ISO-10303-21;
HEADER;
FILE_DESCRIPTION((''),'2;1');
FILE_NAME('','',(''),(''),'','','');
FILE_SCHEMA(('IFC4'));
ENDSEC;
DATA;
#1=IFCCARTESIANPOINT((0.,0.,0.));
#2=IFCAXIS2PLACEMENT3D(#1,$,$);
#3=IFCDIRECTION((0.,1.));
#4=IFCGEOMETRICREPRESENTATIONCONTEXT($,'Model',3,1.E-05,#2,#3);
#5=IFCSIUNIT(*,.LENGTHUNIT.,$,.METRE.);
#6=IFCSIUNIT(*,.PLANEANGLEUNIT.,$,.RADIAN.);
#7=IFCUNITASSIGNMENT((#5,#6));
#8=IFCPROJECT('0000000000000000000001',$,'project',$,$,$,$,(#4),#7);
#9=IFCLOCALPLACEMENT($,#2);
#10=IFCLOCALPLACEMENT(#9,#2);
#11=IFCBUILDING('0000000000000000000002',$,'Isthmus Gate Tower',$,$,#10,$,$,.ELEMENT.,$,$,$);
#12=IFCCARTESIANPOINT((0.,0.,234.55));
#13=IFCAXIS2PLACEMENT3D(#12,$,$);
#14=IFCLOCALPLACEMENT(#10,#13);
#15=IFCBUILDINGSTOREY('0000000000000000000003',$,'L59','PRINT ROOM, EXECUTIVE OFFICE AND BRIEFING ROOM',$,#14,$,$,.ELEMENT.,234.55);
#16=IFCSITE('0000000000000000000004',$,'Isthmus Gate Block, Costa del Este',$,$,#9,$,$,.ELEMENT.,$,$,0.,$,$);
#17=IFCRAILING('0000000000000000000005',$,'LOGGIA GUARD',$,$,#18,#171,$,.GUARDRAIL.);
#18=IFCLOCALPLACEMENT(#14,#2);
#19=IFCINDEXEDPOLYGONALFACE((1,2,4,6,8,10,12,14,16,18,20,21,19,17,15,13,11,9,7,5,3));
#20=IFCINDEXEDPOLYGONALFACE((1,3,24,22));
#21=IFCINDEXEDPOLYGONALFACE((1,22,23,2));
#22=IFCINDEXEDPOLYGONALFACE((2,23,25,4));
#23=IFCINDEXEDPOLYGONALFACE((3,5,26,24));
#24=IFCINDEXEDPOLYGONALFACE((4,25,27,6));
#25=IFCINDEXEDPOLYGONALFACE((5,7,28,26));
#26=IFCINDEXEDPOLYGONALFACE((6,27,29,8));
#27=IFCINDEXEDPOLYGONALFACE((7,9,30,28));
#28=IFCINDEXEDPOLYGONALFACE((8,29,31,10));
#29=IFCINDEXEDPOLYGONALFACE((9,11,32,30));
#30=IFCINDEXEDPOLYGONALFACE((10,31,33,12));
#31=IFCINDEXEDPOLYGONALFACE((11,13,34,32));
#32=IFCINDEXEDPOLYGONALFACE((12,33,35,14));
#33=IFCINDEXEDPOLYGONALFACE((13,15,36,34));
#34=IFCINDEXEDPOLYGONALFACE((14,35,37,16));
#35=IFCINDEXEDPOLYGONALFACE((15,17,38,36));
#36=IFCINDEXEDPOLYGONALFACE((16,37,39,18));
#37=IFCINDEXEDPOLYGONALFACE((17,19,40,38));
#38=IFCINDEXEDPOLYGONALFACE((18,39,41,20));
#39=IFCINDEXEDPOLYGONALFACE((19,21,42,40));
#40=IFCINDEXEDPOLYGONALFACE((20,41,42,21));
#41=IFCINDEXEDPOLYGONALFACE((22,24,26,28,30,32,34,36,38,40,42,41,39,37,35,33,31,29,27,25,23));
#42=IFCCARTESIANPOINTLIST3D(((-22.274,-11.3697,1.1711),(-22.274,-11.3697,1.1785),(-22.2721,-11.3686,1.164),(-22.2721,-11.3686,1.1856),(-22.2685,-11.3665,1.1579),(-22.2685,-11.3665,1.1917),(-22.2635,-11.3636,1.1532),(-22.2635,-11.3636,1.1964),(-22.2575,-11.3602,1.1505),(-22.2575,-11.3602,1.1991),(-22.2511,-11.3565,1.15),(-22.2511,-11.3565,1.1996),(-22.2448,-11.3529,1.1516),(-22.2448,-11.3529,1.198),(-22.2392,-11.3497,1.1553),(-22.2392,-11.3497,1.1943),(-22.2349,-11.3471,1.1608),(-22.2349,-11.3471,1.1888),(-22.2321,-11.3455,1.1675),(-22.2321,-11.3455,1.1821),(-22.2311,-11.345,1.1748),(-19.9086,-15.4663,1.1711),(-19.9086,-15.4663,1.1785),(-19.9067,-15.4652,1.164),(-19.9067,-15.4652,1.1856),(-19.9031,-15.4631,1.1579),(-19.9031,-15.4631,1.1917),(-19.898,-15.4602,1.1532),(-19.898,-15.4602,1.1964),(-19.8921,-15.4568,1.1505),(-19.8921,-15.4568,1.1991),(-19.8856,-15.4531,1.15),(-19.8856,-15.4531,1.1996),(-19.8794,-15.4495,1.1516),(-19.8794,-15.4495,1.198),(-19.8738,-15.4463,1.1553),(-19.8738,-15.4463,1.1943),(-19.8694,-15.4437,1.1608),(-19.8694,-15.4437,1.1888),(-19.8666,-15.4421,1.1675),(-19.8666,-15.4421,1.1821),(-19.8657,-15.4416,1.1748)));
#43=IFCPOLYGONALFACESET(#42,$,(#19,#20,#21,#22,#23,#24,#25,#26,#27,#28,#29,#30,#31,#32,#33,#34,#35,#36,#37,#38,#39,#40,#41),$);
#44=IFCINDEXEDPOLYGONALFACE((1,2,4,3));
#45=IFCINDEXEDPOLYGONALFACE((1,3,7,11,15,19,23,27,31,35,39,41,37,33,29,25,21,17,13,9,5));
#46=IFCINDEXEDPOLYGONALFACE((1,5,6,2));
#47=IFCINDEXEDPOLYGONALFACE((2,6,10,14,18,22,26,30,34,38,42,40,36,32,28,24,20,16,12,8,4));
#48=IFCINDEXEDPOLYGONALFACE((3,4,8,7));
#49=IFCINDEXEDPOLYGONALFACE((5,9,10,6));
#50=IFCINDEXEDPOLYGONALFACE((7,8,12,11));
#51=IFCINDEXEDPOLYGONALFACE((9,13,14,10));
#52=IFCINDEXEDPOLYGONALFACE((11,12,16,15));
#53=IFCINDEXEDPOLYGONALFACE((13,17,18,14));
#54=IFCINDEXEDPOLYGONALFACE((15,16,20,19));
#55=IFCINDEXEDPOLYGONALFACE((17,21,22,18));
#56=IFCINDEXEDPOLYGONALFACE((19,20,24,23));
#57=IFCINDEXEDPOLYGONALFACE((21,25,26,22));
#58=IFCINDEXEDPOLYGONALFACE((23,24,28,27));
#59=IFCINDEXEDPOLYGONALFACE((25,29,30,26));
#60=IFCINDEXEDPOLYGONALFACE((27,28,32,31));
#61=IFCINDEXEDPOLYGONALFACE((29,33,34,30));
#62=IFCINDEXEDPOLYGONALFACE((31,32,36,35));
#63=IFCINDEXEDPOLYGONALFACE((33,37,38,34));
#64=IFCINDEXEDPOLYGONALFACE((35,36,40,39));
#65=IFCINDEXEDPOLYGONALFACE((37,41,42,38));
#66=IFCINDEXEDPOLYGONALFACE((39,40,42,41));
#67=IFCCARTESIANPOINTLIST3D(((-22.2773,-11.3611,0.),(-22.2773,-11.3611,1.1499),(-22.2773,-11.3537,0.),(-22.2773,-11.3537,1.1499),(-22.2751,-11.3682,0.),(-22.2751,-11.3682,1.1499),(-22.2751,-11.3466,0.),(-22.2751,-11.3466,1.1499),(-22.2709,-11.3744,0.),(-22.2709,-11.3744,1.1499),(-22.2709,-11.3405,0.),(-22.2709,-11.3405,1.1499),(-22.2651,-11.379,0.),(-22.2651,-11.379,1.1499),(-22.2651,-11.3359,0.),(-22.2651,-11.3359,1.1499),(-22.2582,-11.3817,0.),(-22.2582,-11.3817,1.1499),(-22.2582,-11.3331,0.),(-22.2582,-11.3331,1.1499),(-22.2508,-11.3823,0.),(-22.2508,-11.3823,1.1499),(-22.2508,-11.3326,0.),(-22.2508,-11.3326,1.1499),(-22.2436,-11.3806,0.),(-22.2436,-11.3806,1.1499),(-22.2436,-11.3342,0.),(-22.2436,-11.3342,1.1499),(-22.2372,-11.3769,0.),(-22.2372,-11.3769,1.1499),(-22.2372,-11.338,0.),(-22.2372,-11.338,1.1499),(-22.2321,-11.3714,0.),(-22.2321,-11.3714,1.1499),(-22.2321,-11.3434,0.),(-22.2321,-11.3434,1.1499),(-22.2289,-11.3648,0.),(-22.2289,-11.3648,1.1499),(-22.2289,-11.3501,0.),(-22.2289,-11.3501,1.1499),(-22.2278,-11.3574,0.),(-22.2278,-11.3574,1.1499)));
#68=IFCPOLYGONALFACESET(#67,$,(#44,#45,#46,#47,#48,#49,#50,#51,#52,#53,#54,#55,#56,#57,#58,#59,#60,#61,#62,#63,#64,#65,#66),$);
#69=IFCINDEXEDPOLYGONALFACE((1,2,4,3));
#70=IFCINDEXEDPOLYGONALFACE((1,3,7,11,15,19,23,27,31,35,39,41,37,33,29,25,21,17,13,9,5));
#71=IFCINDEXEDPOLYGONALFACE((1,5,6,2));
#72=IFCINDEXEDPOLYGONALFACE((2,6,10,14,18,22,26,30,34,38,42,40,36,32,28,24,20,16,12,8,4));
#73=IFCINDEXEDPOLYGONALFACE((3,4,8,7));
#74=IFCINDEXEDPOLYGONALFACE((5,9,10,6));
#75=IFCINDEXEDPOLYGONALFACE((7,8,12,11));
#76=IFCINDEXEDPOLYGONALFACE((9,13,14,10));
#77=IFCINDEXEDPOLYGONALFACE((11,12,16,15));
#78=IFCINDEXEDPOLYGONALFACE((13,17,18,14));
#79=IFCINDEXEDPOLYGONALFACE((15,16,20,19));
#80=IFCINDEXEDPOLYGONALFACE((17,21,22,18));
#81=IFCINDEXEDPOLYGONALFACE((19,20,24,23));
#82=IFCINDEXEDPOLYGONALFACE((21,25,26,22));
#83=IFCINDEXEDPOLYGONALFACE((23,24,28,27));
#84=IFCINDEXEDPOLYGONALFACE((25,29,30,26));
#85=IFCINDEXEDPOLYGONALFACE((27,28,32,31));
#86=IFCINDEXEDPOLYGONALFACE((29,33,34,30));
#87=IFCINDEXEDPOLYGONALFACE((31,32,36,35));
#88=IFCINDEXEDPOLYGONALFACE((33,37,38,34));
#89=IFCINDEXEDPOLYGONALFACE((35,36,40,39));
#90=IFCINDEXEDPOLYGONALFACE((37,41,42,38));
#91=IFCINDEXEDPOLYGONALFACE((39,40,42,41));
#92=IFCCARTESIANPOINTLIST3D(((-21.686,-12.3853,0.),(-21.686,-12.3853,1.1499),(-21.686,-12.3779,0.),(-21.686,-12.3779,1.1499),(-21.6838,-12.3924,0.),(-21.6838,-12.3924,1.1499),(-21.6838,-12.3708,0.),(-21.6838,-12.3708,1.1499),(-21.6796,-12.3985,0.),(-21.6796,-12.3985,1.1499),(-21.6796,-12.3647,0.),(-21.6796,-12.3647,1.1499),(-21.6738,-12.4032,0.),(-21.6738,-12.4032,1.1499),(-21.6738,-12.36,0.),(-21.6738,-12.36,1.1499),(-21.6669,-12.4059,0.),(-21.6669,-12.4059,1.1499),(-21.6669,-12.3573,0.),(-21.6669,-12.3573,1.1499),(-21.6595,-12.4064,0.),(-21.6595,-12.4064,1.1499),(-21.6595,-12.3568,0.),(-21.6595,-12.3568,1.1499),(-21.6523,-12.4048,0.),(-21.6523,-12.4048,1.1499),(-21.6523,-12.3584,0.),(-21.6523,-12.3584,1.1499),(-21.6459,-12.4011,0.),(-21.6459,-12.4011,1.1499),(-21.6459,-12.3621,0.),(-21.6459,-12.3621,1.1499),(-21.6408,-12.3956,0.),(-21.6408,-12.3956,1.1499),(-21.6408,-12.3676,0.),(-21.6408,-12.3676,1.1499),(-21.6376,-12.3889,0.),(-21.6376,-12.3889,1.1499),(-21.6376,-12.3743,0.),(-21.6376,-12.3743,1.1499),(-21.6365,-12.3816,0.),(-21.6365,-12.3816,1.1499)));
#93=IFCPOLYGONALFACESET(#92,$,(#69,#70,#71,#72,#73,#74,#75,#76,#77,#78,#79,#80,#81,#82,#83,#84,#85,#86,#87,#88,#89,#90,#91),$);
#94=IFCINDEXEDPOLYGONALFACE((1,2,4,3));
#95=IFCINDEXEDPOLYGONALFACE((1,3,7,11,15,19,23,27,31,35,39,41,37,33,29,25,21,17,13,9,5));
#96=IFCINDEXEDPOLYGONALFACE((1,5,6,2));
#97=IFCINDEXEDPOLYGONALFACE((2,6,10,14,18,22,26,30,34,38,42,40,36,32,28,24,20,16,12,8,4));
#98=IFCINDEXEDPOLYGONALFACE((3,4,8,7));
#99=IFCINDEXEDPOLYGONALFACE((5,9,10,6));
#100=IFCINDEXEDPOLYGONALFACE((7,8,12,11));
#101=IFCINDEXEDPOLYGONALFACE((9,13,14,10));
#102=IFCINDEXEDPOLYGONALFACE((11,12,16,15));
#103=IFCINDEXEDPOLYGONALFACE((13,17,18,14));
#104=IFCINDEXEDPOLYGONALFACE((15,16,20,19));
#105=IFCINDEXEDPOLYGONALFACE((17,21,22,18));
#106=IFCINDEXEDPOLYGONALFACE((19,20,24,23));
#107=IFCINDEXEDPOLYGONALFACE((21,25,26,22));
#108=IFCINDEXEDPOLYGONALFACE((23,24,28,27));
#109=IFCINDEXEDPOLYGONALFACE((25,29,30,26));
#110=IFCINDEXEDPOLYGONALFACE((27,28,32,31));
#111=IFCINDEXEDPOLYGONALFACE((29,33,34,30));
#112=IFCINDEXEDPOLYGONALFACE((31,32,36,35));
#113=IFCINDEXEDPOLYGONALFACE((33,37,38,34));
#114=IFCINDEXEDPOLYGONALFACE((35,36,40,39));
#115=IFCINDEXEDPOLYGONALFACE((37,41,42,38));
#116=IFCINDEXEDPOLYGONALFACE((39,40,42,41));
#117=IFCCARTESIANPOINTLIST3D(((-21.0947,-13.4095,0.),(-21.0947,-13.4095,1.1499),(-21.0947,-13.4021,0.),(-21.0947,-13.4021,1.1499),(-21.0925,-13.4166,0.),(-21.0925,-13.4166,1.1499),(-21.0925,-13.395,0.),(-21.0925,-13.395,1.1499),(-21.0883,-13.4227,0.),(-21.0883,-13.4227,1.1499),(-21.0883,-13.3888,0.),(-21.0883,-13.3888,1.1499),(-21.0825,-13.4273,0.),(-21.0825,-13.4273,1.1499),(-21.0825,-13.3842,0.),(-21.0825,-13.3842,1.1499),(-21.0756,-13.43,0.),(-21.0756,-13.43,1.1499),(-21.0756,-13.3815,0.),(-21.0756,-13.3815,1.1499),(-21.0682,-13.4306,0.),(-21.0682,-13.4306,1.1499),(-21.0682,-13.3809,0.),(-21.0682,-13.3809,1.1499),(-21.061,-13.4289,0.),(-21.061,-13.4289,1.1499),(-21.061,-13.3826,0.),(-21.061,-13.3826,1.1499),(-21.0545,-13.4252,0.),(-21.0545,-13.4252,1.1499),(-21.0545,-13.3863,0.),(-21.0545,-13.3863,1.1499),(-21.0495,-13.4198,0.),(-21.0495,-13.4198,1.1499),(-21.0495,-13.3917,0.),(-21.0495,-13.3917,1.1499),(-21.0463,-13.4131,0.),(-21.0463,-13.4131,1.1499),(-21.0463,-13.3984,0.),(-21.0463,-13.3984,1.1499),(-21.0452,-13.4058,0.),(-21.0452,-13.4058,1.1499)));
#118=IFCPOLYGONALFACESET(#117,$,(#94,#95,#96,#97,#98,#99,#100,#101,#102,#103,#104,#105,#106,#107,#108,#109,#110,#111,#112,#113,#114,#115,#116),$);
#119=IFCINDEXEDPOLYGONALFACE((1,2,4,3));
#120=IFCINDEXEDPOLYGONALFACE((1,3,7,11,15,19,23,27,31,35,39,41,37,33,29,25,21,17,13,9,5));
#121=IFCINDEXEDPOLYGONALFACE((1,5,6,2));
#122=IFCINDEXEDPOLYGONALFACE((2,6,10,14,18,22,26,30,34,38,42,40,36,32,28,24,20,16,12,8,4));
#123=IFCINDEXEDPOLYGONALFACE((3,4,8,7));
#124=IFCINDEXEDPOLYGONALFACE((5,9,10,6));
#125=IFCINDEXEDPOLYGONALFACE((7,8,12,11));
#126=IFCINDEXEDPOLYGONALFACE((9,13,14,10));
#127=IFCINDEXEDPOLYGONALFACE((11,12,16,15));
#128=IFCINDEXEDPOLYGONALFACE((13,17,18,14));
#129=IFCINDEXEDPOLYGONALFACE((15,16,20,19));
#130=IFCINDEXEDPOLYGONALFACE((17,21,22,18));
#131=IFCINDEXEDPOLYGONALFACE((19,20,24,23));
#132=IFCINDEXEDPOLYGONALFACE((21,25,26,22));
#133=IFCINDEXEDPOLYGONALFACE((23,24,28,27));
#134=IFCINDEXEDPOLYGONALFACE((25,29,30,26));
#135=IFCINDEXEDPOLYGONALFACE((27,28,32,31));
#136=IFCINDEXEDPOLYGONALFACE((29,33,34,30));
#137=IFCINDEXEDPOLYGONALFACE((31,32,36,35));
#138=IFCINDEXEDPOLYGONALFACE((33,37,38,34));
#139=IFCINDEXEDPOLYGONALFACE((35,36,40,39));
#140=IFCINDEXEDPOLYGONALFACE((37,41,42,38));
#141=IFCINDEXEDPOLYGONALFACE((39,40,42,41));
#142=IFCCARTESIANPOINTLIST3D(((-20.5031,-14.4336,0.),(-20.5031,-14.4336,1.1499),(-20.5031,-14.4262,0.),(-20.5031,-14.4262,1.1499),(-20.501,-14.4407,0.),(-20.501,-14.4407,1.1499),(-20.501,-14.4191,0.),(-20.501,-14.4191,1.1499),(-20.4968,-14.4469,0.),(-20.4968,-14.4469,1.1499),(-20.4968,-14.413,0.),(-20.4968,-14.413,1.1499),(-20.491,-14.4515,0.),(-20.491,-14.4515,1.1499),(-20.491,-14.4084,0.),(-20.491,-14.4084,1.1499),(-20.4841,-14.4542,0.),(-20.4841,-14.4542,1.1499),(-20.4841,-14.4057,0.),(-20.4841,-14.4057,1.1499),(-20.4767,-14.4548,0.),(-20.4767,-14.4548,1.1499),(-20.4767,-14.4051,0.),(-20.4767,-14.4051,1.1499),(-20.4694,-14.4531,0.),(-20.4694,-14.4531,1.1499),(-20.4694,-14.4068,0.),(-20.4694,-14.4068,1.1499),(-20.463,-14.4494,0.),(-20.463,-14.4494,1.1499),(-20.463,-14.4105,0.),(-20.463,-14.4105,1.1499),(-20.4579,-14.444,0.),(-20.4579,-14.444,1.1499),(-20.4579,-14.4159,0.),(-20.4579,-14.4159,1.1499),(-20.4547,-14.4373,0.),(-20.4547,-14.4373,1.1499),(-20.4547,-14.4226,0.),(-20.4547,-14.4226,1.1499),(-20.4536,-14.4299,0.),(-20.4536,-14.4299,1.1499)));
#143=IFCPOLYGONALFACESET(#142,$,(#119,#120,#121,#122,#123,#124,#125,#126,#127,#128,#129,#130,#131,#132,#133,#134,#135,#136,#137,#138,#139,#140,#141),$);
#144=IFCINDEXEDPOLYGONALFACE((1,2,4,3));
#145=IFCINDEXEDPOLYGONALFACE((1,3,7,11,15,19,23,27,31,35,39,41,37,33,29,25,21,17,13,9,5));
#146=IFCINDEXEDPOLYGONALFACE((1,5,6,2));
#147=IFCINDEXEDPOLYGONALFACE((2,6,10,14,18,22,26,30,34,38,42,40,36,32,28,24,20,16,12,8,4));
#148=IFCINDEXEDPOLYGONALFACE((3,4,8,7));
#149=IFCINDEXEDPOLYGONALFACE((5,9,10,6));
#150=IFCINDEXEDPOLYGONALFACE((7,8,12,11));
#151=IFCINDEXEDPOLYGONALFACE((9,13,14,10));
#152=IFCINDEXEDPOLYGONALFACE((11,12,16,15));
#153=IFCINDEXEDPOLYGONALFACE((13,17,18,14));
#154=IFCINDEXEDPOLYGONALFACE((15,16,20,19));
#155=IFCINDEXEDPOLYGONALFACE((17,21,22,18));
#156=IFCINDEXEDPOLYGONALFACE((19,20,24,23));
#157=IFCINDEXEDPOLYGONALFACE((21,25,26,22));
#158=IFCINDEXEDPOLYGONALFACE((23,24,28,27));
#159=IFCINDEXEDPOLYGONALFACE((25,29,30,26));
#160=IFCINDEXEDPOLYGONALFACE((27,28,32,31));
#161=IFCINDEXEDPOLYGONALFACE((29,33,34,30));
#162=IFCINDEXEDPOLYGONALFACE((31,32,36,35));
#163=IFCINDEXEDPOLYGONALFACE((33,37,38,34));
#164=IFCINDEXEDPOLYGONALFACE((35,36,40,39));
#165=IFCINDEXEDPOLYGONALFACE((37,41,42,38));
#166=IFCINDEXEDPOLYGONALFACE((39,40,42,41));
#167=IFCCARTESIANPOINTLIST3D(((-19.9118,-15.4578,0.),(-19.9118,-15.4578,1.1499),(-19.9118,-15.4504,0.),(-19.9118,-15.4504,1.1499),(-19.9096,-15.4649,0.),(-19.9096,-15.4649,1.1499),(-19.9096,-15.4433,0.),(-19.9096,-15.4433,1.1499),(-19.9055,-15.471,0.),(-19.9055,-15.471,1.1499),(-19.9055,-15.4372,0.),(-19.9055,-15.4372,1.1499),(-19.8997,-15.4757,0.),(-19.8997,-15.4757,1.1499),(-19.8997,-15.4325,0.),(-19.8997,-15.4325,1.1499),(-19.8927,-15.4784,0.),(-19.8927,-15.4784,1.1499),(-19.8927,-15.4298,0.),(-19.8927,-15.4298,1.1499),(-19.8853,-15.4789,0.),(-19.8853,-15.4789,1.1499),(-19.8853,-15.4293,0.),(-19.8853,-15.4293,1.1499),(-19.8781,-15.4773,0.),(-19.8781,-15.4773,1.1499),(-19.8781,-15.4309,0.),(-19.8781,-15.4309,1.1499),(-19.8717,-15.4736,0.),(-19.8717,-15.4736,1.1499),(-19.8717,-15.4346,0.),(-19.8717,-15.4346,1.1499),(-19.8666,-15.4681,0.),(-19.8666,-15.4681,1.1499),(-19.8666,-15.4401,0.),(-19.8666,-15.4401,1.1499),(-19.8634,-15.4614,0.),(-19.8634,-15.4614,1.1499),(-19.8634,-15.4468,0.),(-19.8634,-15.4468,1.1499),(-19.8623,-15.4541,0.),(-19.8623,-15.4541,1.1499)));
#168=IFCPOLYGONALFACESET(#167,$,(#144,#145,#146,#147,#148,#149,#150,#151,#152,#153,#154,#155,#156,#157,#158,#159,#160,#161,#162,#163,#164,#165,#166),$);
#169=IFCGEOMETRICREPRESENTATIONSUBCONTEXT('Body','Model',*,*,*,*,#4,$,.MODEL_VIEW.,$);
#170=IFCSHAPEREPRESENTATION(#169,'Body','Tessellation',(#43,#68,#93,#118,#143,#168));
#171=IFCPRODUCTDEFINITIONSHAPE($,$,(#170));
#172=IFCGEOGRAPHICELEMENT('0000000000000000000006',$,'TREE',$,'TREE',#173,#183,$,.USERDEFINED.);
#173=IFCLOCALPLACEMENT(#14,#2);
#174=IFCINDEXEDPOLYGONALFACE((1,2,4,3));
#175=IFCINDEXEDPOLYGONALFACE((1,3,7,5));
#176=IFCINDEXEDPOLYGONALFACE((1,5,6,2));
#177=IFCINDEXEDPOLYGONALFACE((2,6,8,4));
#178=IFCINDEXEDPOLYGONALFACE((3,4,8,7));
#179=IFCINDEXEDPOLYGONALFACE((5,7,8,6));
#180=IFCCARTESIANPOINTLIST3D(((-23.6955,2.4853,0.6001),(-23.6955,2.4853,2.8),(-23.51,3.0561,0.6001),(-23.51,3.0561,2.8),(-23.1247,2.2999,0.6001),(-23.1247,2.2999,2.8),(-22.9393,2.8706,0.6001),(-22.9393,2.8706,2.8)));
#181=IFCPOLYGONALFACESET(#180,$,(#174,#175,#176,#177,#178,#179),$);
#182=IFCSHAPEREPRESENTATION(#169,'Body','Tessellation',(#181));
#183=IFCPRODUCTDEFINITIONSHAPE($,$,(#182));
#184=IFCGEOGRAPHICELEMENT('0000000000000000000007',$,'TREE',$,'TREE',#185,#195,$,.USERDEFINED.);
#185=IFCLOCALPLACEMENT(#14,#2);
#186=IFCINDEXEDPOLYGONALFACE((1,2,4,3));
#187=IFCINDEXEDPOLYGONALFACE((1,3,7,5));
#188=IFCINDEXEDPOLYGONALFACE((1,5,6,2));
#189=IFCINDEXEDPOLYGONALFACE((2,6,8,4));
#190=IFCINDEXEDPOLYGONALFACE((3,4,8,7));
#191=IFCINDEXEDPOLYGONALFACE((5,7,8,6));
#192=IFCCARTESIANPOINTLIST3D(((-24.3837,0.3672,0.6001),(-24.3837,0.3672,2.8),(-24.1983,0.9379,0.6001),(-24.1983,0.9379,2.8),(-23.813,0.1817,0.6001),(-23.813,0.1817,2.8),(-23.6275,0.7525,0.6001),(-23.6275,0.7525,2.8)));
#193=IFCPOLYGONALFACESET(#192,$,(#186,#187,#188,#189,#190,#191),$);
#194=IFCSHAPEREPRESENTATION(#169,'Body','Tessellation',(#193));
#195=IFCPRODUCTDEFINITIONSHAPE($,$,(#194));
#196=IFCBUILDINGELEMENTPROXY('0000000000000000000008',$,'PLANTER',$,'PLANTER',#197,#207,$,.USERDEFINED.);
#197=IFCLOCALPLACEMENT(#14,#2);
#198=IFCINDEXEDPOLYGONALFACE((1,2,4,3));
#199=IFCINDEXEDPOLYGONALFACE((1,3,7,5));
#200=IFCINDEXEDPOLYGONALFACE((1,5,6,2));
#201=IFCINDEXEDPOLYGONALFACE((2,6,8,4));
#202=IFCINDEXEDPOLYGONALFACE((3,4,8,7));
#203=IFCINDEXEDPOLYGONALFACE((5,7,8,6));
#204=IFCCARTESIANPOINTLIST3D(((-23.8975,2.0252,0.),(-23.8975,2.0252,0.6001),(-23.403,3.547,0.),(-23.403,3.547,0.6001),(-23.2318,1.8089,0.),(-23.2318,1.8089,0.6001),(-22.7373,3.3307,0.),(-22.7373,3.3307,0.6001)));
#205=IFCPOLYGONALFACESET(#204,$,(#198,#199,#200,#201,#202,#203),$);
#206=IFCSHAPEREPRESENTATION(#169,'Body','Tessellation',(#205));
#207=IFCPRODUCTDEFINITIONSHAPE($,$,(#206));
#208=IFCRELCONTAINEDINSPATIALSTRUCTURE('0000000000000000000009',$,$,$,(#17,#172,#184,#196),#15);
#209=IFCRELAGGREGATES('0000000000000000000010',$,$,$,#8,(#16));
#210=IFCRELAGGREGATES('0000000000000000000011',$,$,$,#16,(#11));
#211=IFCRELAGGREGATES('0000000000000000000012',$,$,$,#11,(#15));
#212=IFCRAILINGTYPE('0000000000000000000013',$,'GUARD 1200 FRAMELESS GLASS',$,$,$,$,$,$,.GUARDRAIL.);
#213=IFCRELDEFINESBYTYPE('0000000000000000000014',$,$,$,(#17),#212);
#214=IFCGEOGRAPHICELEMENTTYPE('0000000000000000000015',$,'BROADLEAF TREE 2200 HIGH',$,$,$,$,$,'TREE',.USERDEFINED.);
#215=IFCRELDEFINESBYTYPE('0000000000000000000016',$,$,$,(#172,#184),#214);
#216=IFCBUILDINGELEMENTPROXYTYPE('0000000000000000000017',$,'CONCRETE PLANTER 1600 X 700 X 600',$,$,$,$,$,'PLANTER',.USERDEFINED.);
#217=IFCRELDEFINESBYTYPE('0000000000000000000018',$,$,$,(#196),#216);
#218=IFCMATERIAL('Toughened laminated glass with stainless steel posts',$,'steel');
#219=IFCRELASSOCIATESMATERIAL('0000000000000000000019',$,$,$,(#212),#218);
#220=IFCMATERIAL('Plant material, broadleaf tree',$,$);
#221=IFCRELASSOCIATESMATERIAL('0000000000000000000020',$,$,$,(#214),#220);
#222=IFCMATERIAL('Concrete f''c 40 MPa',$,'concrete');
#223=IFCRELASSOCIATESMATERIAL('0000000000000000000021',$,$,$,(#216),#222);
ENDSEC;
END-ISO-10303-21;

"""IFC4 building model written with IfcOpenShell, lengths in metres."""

from ifc_helpers import new_model, si_unit, direction, frame, origin, origin_2d, place, context, subcontext, project, spatial, rectangle, circle, extrude, material, type_object, element, save


model = new_model("IFC4")

# Units and contexts
model_context = context("Model", 3, precision=1e-05, world=origin(), true_north=direction((0.0, 1.0)))
body_context = subcontext(model_context, "Body", "Model", "MODEL_VIEW")
ifc_project = project(units=[si_unit("LENGTHUNIT", "METRE"), si_unit("PLANEANGLEUNIT", "RADIAN")], contexts=[model_context])

# Site, building, storey
site_placement = place(None, origin())
site = spatial("IfcSite", under=ifc_project, at=site_placement, Name="Isthmus Gate Block, Costa del Este", CompositionType="ELEMENT", RefElevation=0.0)
building_placement = place(site_placement, origin())
building = spatial("IfcBuilding", under=site, at=building_placement, Name="Isthmus Gate Tower", CompositionType="ELEMENT")
storey_placement = place(building_placement, frame((0.0, 0.0, 234.55)))
storey = spatial("IfcBuildingStorey", under=building, at=storey_placement, Name="L59", Description="PRINT ROOM, EXECUTIVE OFFICE AND BRIEFING ROOM", CompositionType="ELEMENT", Elevation=234.55)

# Railing
ifc_material_1 = material(Name="Toughened laminated glass with stainless steel posts", Category="steel")
railing_type = type_object("IfcRailingType", Name="GUARD 1200 FRAMELESS GLASS", PredefinedType="GUARDRAIL", material=ifc_material_1)
railing_placement = place(storey_placement, frame((-22.2527, -11.3574, 0.0)))
element("IfcRailing", 1, at=railing_placement, inside=storey, type_object=railing_type, Name="LOGGIA GUARD", PredefinedType="GUARDRAIL", context=body_context, shape_type="SweptSolid", body=[
    extrude(circle(Radius=0.0249, at=origin_2d()), frame((0.0, 0.0, 1.1748), z_axis=(0.500041, -0.866002, 0.0), x_axis=(0.866002, 0.500041, 0.0)), (0.0, 0.0, 1.0), 4.7305),
    extrude(circle(Radius=0.0249, at=origin_2d()), origin(), (0.0, 0.0, 1.0), 1.1499),
    extrude(circle(Radius=0.0249, at=origin_2d()), frame((0.5913, -1.0242, 0.0)), (0.0, 0.0, 1.0), 1.1499),
    extrude(circle(Radius=0.0249, at=origin_2d()), frame((1.1826, -2.0483, 0.0)), (0.0, 0.0, 1.0), 1.1499),
    extrude(circle(Radius=0.0249, at=origin_2d()), frame((1.7742, -3.0725, 0.0)), (0.0, 0.0, 1.0), 1.1499),
    extrude(circle(Radius=0.0249, at=origin_2d()), frame((2.3655, -4.0967, 0.0)), (0.0, 0.0, 1.0), 1.1499),
])

# Geographic elements
ifc_material_2 = material(Name="Plant material, broadleaf tree")
geographic_element_type = type_object("IfcGeographicElementType", Name="BROADLEAF TREE 2200 HIGH", ElementType="TREE", PredefinedType="USERDEFINED", material=ifc_material_2)
for number, where, z_axis, x_axis, name in (
    (2, (-23.3174, 2.678, 0.6001), (0.0, 0.0, 1.0), (-0.309017, -0.951057, 0.0), "TREE"),
    (3, (-24.0056, 0.5598, 0.6001), (0.0, 0.0, 1.0), (-0.309017, -0.951057, 0.0), "TREE"),
):
    element("IfcGeographicElement", number, at=place(storey_placement, frame(where, z_axis=z_axis, x_axis=x_axis)), inside=storey, type_object=geographic_element_type, Name=name, ObjectType="TREE", PredefinedType="USERDEFINED", context=body_context, shape_type="SweptSolid", body=[
        extrude(rectangle(XDim=0.6001, YDim=0.6001, at=origin_2d()), origin(), (0.0, 0.0, 1.0), 2.2),
    ])

# Building element proxy
ifc_material_3 = material(Name="Concrete f'c 40 MPa", Category="concrete")
building_element_proxy_type = type_object("IfcBuildingElementProxyType", Name="CONCRETE PLANTER 1600 X 700 X 600", ElementType="PLANTER", PredefinedType="USERDEFINED", material=ifc_material_3)
for number, where, z_axis, x_axis, name in (
    (4, (-23.3174, 2.678, 0.0), (0.0, 0.0, 1.0), (-0.309017, -0.951057, 0.0), "PLANTER"),
):
    element("IfcBuildingElementProxy", number, at=place(storey_placement, frame(where, z_axis=z_axis, x_axis=x_axis)), inside=storey, type_object=building_element_proxy_type, Name=name, ObjectType="PLANTER", PredefinedType="USERDEFINED", context=body_context, shape_type="SweptSolid", body=[
        extrude(rectangle(XDim=1.6001, YDim=0.7, at=origin_2d()), origin(), (0.0, 0.0, 1.0), 0.6001),
    ])

save(model, "model.ifc")
